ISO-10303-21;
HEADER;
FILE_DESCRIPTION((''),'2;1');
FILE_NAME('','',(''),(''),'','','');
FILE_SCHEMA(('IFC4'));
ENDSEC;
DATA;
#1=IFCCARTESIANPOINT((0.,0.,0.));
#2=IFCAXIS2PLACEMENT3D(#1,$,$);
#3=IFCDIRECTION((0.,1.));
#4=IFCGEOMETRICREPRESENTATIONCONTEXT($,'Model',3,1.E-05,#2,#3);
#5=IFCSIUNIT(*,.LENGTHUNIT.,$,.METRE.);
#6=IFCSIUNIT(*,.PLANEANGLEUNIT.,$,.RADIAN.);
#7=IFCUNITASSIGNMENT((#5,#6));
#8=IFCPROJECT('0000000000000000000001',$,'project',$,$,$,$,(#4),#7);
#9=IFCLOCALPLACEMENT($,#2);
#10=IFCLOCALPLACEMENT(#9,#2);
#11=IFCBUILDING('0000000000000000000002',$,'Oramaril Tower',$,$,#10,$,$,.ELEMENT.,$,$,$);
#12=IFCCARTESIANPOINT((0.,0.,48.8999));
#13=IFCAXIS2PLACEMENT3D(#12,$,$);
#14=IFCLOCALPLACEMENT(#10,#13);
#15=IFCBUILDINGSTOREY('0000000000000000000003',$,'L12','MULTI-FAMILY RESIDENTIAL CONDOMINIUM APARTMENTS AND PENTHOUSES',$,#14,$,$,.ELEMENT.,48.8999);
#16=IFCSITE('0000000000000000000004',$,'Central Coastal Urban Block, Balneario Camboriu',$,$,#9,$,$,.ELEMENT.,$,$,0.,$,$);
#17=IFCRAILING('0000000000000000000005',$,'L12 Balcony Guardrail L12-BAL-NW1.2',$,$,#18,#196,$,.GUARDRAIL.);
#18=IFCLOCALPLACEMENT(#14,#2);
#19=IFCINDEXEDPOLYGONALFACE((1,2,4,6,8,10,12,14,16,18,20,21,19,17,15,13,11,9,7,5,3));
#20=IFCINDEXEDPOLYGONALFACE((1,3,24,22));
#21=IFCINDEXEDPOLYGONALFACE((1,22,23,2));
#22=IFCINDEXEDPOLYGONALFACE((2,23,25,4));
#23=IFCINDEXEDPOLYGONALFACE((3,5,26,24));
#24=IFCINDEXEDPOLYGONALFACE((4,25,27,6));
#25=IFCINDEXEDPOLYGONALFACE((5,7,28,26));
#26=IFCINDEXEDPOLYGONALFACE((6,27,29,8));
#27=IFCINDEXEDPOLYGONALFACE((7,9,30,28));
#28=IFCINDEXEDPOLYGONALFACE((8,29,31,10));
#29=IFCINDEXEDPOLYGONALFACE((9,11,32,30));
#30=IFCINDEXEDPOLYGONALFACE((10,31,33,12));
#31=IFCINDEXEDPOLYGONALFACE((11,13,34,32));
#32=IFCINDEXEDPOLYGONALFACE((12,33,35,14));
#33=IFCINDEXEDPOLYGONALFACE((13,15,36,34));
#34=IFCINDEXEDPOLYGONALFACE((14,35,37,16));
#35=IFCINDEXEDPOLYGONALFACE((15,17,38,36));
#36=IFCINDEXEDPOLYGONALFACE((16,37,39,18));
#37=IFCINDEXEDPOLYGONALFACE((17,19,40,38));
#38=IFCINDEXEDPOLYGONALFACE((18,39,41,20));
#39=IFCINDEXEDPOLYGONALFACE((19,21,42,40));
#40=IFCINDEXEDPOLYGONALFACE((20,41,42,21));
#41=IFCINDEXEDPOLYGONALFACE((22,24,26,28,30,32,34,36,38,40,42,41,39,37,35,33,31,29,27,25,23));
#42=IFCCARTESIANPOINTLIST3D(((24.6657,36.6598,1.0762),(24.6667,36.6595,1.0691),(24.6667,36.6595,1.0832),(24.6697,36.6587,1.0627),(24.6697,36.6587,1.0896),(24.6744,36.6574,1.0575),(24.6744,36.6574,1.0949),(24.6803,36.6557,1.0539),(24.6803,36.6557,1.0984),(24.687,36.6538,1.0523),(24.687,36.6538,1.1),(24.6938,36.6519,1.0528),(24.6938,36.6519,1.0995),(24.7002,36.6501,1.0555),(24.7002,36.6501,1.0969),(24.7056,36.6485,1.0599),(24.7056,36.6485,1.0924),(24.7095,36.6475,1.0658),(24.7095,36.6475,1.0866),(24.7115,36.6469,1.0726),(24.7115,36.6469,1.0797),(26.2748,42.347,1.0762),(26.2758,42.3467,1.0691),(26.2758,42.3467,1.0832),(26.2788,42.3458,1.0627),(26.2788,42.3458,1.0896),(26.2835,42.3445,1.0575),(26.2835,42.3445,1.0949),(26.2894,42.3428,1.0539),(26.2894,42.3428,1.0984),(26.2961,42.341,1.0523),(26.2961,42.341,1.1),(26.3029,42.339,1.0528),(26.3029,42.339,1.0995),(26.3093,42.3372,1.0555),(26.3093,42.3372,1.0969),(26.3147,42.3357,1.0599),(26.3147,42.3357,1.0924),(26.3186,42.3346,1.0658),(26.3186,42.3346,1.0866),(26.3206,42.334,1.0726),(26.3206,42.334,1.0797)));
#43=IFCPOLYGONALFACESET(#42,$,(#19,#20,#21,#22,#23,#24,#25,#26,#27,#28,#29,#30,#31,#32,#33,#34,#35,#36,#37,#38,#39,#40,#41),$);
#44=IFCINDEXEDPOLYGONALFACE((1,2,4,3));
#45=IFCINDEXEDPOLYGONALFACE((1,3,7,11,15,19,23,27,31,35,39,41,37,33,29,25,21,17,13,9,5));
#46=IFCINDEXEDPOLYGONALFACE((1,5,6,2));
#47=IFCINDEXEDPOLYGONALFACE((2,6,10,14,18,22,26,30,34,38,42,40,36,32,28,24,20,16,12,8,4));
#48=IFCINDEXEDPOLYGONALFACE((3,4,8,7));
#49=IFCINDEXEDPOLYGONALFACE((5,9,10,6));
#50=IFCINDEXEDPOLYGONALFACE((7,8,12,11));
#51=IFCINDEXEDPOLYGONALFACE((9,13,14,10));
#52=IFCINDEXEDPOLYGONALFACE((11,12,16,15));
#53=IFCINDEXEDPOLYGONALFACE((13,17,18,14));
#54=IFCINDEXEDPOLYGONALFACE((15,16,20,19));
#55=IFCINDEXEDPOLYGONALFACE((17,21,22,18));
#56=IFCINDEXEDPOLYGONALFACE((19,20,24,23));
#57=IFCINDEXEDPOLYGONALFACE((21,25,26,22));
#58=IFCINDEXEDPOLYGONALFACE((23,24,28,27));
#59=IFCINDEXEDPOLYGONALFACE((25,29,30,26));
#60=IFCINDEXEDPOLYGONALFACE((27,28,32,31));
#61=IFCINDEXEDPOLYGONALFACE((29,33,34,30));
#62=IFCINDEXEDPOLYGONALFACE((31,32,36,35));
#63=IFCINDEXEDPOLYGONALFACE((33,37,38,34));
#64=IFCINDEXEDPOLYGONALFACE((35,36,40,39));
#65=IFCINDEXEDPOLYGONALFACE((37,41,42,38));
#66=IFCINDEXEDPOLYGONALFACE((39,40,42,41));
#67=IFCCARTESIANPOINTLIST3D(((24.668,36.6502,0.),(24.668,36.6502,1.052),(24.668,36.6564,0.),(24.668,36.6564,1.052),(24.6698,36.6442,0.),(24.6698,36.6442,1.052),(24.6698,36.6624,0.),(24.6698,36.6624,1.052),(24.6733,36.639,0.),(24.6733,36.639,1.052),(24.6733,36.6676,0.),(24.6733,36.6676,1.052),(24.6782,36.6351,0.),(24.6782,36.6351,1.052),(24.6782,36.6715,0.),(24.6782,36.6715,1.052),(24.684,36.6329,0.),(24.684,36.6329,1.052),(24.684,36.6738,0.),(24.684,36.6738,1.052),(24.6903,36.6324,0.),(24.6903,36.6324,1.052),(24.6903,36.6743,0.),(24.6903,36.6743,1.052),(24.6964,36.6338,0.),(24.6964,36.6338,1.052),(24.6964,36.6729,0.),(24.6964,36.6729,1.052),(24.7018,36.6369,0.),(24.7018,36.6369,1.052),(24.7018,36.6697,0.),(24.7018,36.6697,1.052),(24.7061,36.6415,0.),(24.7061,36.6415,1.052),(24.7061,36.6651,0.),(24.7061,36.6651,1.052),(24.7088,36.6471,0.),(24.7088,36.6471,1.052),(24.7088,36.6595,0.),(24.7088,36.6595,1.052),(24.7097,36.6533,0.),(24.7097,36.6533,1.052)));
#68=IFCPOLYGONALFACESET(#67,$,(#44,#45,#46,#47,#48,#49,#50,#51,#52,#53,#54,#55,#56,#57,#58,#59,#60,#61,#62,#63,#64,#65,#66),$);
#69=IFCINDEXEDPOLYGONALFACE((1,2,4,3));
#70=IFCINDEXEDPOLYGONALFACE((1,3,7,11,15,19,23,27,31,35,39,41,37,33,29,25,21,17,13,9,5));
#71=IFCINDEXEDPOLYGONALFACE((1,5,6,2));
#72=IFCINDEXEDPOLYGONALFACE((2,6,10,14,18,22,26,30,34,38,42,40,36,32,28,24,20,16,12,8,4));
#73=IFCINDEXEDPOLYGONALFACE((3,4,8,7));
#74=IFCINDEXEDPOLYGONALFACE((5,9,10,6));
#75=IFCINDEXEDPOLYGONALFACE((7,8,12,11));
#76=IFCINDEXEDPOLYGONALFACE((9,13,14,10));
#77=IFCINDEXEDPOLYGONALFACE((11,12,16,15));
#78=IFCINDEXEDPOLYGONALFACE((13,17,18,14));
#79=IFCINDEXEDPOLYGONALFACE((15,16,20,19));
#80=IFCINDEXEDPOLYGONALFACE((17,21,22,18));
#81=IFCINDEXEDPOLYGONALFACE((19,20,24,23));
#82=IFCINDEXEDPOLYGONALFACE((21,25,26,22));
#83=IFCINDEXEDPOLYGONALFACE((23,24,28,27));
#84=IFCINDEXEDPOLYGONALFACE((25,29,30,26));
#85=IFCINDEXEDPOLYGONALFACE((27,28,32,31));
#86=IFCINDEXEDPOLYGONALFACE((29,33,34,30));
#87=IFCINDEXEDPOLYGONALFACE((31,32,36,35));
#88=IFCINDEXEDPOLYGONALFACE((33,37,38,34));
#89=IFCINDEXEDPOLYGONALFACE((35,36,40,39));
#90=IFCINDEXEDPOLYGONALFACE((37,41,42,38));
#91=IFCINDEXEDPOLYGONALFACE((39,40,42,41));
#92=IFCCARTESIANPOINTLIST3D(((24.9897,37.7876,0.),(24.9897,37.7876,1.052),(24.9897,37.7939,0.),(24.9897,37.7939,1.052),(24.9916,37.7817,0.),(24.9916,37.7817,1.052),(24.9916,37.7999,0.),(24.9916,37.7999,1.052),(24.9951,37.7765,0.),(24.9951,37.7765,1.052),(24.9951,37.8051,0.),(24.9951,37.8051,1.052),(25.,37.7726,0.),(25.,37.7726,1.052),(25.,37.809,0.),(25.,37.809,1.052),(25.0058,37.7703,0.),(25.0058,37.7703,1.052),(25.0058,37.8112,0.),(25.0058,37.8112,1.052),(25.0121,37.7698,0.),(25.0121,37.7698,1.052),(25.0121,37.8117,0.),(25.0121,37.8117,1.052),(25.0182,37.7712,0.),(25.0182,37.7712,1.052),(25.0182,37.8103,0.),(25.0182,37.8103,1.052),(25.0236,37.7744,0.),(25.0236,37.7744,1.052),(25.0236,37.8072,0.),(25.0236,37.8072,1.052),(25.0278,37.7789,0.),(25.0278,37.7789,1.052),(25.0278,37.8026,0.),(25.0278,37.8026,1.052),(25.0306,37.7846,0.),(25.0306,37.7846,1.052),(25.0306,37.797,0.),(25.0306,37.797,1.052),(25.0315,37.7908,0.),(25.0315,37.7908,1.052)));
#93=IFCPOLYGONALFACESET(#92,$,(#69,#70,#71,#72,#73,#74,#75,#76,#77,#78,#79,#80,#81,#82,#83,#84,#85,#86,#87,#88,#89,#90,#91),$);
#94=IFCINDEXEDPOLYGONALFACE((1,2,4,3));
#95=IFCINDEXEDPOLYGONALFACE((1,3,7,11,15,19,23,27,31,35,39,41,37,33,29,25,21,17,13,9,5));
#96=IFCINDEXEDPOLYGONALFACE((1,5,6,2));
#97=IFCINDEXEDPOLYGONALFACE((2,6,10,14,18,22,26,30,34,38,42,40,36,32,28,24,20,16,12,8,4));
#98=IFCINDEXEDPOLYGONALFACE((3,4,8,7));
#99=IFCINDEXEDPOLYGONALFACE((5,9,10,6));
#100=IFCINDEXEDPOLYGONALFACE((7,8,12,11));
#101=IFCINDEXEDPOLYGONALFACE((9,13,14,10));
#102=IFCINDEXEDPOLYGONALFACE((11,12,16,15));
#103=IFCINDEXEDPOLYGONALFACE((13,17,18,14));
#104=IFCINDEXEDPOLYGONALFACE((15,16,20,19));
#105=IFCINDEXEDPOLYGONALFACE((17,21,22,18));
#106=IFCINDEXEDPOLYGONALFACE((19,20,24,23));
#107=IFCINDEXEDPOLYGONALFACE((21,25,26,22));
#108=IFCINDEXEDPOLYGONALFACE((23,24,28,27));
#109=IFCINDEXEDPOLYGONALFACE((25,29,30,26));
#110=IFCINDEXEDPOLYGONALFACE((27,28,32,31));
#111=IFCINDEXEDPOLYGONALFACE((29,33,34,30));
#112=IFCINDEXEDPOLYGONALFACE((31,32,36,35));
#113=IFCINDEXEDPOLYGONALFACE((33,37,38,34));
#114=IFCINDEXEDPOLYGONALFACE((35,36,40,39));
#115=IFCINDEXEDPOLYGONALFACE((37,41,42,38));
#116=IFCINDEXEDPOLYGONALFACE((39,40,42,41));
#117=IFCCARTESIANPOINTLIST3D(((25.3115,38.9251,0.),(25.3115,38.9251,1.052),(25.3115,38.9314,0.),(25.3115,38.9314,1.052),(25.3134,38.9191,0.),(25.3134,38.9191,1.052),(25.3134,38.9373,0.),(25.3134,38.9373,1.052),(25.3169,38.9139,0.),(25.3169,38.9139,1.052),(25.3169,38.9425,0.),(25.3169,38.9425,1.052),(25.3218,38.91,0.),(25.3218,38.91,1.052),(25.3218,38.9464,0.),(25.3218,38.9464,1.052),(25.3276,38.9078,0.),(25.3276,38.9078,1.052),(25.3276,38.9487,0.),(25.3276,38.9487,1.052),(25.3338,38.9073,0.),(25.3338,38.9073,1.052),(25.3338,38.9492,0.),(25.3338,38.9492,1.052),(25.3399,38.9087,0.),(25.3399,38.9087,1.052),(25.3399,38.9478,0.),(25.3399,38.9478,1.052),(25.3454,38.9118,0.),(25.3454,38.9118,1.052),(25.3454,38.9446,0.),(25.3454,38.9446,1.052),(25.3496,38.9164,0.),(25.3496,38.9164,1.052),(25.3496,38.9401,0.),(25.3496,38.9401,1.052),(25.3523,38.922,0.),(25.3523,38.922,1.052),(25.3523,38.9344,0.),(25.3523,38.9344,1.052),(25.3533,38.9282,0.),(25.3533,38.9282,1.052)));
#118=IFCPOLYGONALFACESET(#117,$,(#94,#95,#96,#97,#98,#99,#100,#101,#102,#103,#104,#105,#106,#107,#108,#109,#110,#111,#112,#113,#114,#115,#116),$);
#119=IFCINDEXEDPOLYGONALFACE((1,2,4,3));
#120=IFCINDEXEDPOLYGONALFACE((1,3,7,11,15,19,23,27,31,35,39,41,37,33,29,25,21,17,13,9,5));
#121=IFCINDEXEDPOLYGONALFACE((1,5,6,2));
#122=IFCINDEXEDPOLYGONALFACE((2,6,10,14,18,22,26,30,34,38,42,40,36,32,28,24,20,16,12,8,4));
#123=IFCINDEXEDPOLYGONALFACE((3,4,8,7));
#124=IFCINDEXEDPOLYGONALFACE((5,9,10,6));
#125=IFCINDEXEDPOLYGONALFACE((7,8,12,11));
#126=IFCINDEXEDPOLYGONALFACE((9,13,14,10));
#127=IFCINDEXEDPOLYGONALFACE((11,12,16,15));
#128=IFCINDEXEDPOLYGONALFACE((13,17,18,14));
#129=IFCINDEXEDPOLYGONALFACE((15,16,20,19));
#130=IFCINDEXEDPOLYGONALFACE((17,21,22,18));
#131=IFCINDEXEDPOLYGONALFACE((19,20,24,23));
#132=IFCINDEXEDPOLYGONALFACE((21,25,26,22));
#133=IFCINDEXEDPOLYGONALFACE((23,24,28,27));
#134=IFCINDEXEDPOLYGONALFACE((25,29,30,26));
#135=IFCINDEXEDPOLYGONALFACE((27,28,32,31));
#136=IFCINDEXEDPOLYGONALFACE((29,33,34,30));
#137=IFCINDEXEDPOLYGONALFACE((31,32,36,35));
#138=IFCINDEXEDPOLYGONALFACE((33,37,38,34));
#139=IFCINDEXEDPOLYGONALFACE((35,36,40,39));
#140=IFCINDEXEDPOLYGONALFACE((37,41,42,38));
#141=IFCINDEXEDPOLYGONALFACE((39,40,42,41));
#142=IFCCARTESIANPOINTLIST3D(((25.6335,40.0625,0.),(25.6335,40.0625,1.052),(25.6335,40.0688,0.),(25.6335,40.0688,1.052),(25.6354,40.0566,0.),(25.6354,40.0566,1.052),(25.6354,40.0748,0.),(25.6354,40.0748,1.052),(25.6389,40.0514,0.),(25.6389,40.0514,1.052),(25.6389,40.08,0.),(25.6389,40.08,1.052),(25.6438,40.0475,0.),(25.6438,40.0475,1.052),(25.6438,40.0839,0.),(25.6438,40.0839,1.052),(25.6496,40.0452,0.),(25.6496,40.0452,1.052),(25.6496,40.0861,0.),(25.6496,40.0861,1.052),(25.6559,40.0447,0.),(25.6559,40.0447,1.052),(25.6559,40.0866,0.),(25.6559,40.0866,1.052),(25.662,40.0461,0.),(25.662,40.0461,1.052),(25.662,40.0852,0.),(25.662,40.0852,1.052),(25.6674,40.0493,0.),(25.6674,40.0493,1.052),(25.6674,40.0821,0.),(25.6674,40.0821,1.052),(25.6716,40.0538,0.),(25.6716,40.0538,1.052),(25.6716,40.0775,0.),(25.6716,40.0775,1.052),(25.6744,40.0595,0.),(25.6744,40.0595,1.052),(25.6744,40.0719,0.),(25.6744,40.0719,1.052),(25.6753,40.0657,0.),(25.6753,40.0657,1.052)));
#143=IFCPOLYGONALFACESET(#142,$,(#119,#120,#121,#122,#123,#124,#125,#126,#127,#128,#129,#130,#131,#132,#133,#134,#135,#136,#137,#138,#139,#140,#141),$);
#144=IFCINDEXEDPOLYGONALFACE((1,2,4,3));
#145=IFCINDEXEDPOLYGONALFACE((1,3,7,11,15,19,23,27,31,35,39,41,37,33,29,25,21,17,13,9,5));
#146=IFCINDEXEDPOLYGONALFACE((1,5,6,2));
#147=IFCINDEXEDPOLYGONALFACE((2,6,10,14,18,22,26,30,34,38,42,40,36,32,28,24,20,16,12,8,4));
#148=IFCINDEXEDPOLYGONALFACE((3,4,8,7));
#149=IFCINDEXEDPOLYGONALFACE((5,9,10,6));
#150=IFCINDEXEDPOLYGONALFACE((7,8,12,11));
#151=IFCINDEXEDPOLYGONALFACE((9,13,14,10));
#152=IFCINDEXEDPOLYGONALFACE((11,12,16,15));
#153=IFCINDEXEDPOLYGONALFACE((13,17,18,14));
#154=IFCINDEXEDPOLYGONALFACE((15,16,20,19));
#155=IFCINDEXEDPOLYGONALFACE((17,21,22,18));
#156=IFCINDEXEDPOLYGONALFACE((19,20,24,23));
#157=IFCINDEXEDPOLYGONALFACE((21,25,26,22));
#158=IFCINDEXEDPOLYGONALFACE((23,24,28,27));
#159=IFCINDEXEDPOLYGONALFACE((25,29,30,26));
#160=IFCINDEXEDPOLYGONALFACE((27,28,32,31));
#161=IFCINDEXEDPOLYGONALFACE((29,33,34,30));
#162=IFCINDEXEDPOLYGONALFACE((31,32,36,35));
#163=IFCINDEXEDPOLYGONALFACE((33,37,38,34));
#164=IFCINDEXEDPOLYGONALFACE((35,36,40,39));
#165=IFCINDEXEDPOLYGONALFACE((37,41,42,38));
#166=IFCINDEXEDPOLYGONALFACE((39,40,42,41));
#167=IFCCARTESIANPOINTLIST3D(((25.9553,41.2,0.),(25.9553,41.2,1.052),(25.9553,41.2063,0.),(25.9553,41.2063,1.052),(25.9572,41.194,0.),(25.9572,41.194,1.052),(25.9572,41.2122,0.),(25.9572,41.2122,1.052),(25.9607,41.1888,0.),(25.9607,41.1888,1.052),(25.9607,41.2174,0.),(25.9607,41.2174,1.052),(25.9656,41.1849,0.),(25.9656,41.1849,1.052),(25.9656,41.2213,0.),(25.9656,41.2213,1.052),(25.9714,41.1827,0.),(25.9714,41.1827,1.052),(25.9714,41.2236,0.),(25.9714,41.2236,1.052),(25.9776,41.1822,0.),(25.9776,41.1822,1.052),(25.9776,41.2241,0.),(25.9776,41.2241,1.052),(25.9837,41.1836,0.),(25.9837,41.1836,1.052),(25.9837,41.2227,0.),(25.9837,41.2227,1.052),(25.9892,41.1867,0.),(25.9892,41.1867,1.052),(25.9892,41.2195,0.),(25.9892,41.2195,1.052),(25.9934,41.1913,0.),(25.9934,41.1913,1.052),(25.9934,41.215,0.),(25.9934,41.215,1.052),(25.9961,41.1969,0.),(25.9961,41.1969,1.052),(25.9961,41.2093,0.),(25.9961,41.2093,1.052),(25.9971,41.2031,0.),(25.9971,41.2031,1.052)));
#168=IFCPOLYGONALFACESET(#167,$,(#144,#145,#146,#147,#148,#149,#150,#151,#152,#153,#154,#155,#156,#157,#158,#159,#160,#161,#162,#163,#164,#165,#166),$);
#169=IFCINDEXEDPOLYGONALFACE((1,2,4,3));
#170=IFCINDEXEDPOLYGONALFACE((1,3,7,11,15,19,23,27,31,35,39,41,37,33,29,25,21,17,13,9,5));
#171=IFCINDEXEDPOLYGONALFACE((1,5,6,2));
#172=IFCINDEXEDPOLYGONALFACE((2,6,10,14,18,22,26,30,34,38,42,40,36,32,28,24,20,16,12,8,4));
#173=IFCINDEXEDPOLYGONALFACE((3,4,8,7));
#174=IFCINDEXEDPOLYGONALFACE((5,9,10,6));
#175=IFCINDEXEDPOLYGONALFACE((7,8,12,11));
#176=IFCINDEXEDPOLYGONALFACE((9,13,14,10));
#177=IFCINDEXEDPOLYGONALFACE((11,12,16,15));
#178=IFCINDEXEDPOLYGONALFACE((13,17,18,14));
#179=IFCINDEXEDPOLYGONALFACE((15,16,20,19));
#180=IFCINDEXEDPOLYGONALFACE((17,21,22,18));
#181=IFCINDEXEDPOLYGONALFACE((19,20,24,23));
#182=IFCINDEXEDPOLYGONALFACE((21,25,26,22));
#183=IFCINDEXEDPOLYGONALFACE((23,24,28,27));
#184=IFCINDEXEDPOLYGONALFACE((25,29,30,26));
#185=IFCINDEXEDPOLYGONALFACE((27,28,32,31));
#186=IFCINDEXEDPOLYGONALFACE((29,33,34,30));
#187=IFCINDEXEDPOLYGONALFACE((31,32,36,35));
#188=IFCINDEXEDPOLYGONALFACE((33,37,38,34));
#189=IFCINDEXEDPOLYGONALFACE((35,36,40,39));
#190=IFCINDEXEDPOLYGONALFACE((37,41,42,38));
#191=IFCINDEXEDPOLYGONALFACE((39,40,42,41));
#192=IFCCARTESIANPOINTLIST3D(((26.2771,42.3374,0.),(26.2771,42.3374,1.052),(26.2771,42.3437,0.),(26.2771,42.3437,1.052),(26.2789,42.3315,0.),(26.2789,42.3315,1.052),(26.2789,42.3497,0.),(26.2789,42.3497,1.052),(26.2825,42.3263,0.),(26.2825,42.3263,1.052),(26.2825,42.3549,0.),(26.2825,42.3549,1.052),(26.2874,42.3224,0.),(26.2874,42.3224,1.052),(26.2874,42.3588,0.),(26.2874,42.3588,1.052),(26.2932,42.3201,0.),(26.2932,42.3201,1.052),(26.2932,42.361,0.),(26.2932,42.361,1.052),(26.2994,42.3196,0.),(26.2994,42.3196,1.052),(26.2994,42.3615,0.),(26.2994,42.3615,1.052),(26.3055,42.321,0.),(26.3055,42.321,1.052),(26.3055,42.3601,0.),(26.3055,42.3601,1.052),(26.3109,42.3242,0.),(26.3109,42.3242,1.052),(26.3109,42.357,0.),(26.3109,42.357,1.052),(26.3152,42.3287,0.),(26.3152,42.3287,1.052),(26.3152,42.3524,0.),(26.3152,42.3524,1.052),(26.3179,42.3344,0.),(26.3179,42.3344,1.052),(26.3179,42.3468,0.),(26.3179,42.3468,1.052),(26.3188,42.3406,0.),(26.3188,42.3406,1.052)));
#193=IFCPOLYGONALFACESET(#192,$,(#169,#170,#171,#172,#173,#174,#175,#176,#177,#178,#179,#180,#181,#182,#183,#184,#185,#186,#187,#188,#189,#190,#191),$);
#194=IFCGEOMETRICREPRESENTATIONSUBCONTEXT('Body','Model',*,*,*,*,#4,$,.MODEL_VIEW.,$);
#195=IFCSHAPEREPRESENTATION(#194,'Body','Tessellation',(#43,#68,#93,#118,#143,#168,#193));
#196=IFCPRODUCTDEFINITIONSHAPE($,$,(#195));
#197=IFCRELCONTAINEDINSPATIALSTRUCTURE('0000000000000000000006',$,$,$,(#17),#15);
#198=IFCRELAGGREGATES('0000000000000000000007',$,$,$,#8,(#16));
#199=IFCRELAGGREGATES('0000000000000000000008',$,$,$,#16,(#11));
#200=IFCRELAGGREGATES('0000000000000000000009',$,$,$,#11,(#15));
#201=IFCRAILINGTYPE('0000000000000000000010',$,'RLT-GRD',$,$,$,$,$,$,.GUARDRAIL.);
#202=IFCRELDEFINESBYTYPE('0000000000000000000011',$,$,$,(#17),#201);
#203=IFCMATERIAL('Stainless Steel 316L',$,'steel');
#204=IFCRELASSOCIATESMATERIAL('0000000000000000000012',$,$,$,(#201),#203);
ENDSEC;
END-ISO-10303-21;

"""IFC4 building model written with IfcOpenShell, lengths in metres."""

from ifc_helpers import new_model, si_unit, direction, frame, origin, origin_2d, place, context, subcontext, project, spatial, circle, extrude, material, type_object, element, save


model = new_model("IFC4")

# Units and contexts
model_context = context("Model", 3, precision=1e-05, world=origin(), true_north=direction((0.0, 1.0)))
body_context = subcontext(model_context, "Body", "Model", "MODEL_VIEW")
ifc_project = project(units=[si_unit("LENGTHUNIT", "METRE"), si_unit("PLANEANGLEUNIT", "RADIAN")], contexts=[model_context])

# Site, building, storey
site_placement = place(None, origin())
site = spatial("IfcSite", under=ifc_project, at=site_placement, Name="Central Coastal Urban Block, Balneario Camboriu", CompositionType="ELEMENT", RefElevation=0.0)
building_placement = place(site_placement, origin())
building = spatial("IfcBuilding", under=site, at=building_placement, Name="Oramaril Tower", CompositionType="ELEMENT")
storey_placement = place(building_placement, frame((0.0, 0.0, 48.8999)))
storey = spatial("IfcBuildingStorey", under=building, at=storey_placement, Name="L12", Description="MULTI-FAMILY RESIDENTIAL CONDOMINIUM APARTMENTS AND PENTHOUSES", CompositionType="ELEMENT", Elevation=48.8999)

# Railing
ifc_material_1 = material(Name="Stainless Steel 316L", Category="steel")
railing_type = type_object("IfcRailingType", Name="RLT-GRD", PredefinedType="GUARDRAIL", material=ifc_material_1)
railing_1_placement = place(storey_placement, frame((24.6887, 36.6533, 0.0)))
element("IfcRailing", 1, at=railing_1_placement, inside=storey, type_object=railing_type, Name="L12 Balcony Guardrail L12-BAL-NW1.2", PredefinedType="GUARDRAIL", context=body_context, shape_type="SweptSolid", body=[
    extrude(circle(Radius=0.0239, at=origin_2d()), frame((0.0, 0.0, 1.0762), z_axis=(0.272249, 0.962227, 0.0), x_axis=(-0.962227, 0.272249, 0.0)), (0.0, 0.0, 1.0), 5.9104),
    extrude(circle(Radius=0.021, at=origin_2d()), origin(), (0.0, 0.0, 1.0), 1.052),
    extrude(circle(Radius=0.021, at=origin_2d()), frame((0.3218, 1.1375, 0.0)), (0.0, 0.0, 1.0), 1.052),
    extrude(circle(Radius=0.021, at=origin_2d()), frame((0.6436, 2.2749, 0.0)), (0.0, 0.0, 1.0), 1.052),
    extrude(circle(Radius=0.021, at=origin_2d()), frame((0.9656, 3.4124, 0.0)), (0.0, 0.0, 1.0), 1.052),
    extrude(circle(Radius=0.021, at=origin_2d()), frame((1.2874, 4.5498, 0.0)), (0.0, 0.0, 1.0), 1.052),
    extrude(circle(Radius=0.021, at=origin_2d()), frame((1.6091, 5.6873, 0.0)), (0.0, 0.0, 1.0), 1.052),
])

save(model, "model.ifc")
